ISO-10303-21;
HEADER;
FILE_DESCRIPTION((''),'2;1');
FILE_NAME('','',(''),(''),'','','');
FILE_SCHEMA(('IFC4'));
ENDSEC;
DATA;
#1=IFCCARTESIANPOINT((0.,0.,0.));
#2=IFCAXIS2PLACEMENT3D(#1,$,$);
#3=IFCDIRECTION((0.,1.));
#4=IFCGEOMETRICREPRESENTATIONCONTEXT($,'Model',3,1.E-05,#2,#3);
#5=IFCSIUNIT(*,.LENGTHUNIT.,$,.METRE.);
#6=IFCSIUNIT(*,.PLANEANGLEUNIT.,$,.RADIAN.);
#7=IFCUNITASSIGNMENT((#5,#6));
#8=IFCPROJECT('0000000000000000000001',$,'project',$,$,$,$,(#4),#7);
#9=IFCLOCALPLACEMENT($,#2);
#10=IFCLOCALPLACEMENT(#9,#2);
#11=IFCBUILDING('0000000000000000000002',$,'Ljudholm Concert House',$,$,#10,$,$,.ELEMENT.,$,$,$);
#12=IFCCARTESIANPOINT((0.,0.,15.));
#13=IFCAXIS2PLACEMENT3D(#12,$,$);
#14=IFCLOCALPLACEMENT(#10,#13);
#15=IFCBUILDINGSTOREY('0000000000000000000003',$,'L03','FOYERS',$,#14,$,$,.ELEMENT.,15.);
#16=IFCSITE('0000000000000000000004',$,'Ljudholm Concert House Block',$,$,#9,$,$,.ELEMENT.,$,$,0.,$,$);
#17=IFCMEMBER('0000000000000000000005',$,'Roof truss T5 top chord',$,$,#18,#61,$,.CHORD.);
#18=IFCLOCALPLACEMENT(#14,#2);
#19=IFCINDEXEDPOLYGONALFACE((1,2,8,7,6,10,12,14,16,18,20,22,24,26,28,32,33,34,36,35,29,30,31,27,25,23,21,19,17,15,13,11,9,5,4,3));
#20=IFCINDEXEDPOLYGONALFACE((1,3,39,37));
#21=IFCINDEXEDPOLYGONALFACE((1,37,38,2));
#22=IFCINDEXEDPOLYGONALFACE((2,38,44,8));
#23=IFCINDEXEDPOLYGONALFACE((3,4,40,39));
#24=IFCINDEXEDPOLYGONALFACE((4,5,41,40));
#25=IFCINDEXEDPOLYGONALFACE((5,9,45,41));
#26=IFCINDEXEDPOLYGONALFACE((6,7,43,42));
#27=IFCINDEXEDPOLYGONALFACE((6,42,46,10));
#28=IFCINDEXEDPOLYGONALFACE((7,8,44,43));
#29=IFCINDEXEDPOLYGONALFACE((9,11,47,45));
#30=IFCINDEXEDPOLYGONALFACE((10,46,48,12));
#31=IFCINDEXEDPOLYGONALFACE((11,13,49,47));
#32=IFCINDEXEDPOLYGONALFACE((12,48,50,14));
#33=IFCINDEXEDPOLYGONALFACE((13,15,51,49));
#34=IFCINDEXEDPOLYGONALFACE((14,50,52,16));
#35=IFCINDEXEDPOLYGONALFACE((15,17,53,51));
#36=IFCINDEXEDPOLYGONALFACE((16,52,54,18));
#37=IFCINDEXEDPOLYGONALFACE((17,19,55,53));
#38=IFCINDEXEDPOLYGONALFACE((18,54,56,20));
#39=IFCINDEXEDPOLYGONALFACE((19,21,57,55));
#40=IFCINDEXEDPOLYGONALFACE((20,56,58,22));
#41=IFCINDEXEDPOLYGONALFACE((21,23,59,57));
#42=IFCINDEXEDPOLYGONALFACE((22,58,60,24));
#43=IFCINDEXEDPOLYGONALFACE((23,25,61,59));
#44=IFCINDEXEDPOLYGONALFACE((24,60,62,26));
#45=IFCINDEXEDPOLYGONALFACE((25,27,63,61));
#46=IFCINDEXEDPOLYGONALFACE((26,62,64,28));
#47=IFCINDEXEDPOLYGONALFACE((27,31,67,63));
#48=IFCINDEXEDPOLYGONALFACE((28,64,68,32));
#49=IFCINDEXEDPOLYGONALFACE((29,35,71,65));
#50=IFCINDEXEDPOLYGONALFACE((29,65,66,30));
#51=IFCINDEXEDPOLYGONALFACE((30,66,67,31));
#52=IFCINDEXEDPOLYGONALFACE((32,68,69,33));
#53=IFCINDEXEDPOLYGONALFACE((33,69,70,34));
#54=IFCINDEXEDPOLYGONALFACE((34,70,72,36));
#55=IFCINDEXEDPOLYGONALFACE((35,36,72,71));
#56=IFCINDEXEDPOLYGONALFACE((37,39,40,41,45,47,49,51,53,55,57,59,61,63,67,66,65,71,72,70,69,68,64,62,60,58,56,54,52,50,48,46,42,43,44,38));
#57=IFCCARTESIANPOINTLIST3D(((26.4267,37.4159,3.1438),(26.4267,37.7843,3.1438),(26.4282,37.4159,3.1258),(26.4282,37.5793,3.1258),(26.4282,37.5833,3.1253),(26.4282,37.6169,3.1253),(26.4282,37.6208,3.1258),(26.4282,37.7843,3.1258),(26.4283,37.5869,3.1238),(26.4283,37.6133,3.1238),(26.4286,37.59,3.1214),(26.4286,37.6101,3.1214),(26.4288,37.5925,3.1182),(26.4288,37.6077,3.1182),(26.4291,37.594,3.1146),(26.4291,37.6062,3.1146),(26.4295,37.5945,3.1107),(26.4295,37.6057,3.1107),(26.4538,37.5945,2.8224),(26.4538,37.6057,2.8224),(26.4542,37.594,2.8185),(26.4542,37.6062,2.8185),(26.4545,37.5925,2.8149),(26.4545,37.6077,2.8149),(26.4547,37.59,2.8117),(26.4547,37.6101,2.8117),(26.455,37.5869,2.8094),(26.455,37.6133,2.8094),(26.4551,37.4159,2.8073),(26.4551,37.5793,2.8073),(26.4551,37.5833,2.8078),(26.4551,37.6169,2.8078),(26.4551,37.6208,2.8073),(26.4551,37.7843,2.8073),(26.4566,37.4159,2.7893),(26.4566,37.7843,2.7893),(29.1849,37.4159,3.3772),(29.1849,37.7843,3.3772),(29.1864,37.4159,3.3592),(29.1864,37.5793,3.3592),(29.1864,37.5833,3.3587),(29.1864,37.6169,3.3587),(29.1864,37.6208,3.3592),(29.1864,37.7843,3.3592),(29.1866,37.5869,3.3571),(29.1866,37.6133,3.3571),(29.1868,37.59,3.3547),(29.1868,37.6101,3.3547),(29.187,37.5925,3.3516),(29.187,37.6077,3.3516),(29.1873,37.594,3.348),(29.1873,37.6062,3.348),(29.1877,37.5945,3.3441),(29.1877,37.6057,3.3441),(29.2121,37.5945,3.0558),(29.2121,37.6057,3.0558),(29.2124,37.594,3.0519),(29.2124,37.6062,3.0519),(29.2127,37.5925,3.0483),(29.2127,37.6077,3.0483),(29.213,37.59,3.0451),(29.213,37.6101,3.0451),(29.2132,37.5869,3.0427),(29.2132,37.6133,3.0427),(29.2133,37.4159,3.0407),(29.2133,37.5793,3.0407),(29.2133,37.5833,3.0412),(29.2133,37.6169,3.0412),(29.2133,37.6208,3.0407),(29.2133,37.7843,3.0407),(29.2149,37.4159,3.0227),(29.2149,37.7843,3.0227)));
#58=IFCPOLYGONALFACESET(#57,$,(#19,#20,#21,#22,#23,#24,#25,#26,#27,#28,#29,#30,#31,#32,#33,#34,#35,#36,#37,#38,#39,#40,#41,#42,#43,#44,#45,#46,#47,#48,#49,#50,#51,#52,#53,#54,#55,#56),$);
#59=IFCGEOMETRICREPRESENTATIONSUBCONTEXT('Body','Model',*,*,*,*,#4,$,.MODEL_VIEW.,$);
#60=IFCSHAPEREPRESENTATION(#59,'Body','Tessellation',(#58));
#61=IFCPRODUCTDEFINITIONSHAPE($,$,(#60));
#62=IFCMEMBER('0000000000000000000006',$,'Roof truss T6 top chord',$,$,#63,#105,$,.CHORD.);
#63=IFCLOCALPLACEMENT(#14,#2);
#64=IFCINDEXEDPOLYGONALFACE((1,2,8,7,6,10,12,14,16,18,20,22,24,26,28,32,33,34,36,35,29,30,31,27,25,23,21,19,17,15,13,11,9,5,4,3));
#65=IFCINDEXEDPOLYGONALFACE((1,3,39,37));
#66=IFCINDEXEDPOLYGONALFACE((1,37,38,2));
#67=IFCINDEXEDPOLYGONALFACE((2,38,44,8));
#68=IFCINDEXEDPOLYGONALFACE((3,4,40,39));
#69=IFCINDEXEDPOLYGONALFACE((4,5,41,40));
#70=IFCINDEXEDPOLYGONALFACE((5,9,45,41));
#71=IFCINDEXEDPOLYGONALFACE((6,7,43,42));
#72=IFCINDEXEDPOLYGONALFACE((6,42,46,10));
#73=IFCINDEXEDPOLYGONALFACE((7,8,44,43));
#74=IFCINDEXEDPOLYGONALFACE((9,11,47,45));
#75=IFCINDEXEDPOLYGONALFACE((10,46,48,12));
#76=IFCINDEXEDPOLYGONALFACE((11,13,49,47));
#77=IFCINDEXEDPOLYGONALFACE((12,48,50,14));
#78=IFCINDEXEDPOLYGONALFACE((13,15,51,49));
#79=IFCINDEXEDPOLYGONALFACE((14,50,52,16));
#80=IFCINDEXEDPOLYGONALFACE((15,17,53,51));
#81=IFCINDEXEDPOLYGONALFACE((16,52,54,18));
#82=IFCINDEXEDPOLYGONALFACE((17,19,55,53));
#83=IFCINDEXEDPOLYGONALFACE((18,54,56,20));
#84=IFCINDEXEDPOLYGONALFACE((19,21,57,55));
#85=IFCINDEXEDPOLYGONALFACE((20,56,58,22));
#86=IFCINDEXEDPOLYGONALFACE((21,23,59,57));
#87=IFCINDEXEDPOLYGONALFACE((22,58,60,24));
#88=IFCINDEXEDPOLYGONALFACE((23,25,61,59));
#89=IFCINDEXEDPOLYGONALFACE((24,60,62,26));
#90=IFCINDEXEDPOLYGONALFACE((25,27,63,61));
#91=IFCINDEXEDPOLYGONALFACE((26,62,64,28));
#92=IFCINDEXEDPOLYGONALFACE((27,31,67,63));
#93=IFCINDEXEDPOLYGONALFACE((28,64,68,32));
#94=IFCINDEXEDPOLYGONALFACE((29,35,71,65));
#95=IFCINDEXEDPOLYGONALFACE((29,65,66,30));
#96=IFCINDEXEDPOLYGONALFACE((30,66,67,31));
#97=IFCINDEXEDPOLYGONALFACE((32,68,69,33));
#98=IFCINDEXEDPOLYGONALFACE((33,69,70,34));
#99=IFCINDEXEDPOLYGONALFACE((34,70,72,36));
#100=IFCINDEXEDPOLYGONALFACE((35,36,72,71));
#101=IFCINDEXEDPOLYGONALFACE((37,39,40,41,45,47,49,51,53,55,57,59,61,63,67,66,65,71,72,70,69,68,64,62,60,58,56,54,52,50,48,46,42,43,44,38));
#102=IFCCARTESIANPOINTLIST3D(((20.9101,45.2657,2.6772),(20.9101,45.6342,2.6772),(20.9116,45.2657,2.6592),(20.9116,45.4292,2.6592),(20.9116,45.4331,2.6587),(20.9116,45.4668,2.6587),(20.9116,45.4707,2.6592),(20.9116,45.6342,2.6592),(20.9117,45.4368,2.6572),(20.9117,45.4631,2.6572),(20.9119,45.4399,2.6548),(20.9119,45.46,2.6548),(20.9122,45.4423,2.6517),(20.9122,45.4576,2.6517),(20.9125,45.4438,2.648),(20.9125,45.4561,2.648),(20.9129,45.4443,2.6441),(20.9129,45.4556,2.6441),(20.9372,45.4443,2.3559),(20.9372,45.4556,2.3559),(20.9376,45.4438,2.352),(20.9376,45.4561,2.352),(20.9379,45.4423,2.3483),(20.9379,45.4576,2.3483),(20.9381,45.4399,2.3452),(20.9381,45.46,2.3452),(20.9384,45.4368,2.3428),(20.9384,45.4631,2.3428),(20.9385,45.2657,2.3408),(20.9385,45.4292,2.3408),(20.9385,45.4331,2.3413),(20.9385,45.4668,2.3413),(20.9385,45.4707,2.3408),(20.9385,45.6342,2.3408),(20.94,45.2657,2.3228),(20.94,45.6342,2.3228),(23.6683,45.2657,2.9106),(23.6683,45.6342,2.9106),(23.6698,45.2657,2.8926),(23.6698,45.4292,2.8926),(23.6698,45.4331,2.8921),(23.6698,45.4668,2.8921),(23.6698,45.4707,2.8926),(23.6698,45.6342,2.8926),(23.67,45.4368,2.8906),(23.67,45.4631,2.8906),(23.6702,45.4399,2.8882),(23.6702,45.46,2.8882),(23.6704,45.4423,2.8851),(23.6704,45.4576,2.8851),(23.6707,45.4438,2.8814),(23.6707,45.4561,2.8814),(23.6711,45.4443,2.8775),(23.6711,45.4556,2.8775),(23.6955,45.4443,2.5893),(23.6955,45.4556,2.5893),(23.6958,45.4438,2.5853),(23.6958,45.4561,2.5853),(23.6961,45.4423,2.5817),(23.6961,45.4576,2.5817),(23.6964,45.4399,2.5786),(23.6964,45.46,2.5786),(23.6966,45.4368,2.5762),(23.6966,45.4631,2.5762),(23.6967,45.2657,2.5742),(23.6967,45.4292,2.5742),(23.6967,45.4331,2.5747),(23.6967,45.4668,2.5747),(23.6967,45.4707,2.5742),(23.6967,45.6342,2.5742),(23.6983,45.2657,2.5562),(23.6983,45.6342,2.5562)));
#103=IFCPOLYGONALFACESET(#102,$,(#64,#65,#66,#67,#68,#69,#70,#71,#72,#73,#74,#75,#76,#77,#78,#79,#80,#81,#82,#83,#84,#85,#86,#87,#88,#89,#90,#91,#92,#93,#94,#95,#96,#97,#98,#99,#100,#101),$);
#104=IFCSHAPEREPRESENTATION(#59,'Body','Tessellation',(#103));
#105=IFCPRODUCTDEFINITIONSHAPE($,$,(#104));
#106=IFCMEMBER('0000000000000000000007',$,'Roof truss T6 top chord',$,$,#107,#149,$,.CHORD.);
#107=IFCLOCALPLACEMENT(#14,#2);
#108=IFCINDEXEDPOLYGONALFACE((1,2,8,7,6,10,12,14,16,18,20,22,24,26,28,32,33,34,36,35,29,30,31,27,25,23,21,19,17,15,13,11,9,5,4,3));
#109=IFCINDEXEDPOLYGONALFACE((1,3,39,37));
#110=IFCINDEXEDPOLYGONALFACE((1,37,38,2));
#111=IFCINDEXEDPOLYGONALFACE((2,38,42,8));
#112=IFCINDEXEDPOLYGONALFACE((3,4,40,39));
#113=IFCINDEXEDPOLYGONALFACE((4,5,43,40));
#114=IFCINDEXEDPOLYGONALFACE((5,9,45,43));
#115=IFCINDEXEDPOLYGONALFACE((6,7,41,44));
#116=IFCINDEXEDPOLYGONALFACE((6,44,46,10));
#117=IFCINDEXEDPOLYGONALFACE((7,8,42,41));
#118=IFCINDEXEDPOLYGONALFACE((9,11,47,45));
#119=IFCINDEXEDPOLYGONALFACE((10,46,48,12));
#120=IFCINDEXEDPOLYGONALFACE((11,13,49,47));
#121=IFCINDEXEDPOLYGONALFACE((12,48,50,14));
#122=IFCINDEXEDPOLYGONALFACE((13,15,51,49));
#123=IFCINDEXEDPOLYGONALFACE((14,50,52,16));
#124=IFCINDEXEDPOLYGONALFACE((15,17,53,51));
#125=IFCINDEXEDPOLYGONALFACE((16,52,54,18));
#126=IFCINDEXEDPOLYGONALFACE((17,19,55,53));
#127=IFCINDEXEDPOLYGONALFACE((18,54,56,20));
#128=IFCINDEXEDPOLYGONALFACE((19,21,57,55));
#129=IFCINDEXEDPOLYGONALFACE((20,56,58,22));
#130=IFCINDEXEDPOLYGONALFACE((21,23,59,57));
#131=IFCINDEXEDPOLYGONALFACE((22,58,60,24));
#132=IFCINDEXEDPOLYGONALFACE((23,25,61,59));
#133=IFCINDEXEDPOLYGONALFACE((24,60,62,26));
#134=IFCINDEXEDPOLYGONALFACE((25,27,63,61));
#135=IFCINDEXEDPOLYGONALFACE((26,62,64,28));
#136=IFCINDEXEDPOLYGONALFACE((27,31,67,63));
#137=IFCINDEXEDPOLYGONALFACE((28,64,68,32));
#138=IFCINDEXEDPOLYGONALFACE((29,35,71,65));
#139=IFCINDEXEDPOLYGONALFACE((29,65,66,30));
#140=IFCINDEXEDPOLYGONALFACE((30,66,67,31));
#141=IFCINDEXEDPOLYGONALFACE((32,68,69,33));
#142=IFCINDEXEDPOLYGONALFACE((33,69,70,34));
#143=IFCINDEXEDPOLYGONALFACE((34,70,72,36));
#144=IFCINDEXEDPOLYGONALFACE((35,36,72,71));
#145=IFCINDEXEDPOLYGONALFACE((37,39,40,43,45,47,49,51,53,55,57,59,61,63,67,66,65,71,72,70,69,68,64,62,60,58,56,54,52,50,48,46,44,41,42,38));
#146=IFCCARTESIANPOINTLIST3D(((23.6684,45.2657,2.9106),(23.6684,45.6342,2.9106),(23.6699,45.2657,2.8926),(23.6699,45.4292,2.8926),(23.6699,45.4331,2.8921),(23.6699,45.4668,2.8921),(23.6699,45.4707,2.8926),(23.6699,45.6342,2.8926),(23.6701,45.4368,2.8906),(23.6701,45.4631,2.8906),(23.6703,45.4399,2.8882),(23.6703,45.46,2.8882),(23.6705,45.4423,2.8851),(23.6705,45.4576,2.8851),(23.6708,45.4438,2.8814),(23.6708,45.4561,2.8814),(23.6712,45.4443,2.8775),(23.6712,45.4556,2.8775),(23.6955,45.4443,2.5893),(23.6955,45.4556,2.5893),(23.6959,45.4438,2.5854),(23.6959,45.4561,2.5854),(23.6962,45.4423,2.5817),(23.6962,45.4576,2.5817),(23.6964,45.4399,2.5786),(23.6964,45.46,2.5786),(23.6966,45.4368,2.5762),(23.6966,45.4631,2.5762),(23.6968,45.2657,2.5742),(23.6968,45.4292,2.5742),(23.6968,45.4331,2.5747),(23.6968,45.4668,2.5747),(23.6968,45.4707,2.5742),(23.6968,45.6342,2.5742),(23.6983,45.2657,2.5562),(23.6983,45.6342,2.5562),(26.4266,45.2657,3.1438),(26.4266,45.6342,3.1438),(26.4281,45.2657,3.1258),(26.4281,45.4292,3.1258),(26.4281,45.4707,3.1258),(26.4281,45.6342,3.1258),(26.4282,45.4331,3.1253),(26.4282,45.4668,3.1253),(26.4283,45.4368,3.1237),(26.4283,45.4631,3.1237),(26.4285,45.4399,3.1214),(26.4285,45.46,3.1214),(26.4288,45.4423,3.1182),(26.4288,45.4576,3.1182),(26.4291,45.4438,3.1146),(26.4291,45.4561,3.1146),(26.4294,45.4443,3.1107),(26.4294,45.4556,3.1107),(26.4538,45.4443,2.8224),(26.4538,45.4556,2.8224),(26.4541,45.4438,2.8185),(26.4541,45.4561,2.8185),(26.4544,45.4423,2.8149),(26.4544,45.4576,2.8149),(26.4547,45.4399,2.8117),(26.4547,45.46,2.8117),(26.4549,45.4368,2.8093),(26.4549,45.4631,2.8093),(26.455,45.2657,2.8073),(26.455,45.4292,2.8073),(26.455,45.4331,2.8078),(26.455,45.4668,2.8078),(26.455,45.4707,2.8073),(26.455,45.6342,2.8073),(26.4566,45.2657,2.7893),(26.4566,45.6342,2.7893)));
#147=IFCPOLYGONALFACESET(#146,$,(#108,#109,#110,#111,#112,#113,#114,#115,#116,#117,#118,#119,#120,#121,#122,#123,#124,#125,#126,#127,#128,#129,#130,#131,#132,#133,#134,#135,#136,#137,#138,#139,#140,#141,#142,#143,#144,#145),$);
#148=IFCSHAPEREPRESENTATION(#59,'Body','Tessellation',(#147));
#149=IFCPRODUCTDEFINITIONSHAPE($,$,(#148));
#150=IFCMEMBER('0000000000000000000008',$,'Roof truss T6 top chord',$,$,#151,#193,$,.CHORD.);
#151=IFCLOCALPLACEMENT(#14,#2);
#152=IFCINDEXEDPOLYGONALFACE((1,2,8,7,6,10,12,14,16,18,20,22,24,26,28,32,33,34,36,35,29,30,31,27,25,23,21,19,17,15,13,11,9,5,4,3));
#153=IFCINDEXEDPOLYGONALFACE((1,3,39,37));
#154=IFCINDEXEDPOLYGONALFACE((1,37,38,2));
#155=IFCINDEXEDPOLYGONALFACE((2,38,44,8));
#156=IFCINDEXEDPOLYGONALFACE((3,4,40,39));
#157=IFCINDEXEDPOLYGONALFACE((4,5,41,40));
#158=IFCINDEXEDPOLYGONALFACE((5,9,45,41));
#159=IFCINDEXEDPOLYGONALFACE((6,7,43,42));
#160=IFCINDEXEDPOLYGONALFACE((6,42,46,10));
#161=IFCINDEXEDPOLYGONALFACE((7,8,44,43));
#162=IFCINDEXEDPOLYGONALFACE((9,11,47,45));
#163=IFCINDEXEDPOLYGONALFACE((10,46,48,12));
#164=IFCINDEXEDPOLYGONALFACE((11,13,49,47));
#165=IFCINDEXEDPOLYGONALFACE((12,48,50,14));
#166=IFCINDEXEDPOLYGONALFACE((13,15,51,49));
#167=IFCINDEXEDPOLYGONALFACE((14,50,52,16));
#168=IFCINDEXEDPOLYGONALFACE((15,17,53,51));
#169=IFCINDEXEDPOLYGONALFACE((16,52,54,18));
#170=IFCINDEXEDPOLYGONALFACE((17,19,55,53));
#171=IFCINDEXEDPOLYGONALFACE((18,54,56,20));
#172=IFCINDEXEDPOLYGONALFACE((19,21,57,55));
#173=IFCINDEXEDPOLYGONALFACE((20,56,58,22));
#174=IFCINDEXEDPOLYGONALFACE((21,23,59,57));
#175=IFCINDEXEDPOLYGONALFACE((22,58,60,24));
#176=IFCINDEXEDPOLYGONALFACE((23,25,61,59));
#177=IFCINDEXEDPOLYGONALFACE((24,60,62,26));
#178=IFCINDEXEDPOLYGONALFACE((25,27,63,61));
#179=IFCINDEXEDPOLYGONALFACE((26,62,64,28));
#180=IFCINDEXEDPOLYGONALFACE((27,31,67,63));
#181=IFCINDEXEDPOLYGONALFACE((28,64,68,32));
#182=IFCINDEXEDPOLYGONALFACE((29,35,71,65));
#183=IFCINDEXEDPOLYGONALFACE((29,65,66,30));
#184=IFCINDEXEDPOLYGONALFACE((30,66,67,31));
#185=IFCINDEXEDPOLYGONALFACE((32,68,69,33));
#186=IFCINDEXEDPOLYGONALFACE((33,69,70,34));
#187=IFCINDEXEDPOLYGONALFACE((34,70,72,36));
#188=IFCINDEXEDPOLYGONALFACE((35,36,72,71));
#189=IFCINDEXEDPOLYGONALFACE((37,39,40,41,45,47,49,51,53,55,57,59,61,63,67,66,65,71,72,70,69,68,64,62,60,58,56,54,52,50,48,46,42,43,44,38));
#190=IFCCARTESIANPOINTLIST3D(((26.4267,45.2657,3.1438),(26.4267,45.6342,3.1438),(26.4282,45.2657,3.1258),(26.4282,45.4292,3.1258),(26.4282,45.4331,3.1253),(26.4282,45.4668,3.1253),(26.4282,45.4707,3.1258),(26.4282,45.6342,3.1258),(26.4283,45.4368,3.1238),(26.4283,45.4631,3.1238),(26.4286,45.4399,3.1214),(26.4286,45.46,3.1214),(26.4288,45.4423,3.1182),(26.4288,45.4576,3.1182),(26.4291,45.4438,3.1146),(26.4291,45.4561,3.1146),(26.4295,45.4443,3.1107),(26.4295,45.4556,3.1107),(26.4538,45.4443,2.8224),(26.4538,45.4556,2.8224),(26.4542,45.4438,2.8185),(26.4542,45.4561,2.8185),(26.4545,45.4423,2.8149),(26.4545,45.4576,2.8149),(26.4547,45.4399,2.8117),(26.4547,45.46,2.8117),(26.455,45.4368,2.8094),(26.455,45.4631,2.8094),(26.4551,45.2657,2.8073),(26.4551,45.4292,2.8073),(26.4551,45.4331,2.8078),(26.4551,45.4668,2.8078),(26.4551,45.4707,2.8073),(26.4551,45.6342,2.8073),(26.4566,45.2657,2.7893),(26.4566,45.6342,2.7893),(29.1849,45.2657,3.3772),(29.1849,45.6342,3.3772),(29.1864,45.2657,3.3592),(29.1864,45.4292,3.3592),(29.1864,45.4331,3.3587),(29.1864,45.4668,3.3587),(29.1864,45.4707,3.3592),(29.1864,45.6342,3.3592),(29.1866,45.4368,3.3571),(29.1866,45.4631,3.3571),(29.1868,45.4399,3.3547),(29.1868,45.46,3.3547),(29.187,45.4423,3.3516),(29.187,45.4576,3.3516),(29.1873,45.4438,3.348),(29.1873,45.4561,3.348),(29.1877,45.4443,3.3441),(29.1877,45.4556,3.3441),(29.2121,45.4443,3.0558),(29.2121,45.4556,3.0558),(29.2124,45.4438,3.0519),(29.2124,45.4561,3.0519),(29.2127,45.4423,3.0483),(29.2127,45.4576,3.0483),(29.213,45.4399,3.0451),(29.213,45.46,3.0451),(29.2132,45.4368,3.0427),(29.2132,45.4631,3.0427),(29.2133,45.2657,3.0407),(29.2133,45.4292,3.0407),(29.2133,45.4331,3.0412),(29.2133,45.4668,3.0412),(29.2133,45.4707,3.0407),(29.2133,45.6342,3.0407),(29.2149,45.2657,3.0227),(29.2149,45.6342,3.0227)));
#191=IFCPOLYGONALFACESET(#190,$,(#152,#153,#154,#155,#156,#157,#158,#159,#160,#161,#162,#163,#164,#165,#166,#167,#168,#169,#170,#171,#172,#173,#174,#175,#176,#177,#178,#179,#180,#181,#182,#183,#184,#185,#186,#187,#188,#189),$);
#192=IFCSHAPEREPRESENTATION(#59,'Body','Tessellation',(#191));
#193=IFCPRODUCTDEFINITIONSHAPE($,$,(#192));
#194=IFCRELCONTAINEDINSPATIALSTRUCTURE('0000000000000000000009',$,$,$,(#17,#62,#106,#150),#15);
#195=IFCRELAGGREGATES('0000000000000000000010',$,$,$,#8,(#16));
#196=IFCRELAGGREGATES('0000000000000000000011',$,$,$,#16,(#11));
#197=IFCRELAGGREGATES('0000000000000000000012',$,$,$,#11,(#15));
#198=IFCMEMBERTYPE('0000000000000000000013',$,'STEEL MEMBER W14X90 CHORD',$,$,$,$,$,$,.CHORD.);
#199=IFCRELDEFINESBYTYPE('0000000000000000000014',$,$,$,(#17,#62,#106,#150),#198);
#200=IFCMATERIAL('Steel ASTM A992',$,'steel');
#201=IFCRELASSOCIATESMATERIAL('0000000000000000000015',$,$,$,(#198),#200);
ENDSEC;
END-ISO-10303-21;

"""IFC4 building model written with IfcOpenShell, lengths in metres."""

from ifc_helpers import new_model, si_unit, direction, frame, origin, origin_2d, place, context, subcontext, project, spatial, i_section, extrude, material, material_profile, profile_set, type_object, element, save


model = new_model("IFC4")

# Units and contexts
model_context = context("Model", 3, precision=1e-05, world=origin(), true_north=direction((0.0, 1.0)))
body_context = subcontext(model_context, "Body", "Model", "MODEL_VIEW")
ifc_project = project(units=[si_unit("LENGTHUNIT", "METRE"), si_unit("PLANEANGLEUNIT", "RADIAN")], contexts=[model_context])

# Site, building, storey
site_placement = place(None, origin())
site = spatial("IfcSite", under=ifc_project, at=site_placement, Name="Ljudholm Concert House Block", CompositionType="ELEMENT", RefElevation=0.0)
building_placement = place(site_placement, origin())
building = spatial("IfcBuilding", under=site, at=building_placement, Name="Ljudholm Concert House", CompositionType="ELEMENT")
storey_placement = place(building_placement, frame((0.0, 0.0, 15.0)))
storey = spatial("IfcBuildingStorey", under=building, at=storey_placement, Name="L03", Description="FOYERS", CompositionType="ELEMENT", Elevation=15.0)

# Members
ifc_material_1 = material(Name="Steel ASTM A992", Category="steel")
ifc_material_profile_1 = material_profile(ifc_material_1, i_section(OverallWidth=0.3684, OverallDepth=0.3557, WebThickness=0.0112, FlangeThickness=0.0181, FilletRadius=0.0151, at=origin_2d()), Name="W14X90")
ifc_profile_set_1 = profile_set([ifc_material_profile_1], Name="Steel ASTM A992")
member_type_1 = type_object("IfcMemberType", Name="STEEL MEMBER W14X90 CHORD", PredefinedType="CHORD", material=ifc_profile_set_1)
for number, where, z_axis, x_axis, name in (
    (1, (26.4417, 37.6001, 2.9666), (0.996439, 0.0, 0.084315), (0.0, 1.0, 0.0), "Roof truss T5 top chord"),
    (2, (20.925, 45.45, 2.5), (0.996439, 0.0, 0.084315), (0.0, 1.0, 0.0), "Roof truss T6 top chord"),
    (3, (23.6833, 45.45, 2.7334), (0.996447, 0.0, 0.084228), (0.0, 1.0, 0.0), "Roof truss T6 top chord"),
    (4, (26.4417, 45.45, 2.9666), (0.996439, 0.0, 0.084315), (0.0, 1.0, 0.0), "Roof truss T6 top chord"),
):
    element("IfcMember", number, at=place(storey_placement, frame(where, z_axis=z_axis, x_axis=x_axis)), inside=storey, type_object=member_type_1, Name=name, PredefinedType="CHORD", context=body_context, shape_type="SweptSolid", body=[
        extrude(i_section(OverallWidth=0.3684, OverallDepth=0.3557, WebThickness=0.0112, FlangeThickness=0.0181, FilletRadius=0.0151, at=origin_2d()), origin(), (0.0, 0.0, 1.0), 2.7681),
    ])

save(model, "model.ifc")
